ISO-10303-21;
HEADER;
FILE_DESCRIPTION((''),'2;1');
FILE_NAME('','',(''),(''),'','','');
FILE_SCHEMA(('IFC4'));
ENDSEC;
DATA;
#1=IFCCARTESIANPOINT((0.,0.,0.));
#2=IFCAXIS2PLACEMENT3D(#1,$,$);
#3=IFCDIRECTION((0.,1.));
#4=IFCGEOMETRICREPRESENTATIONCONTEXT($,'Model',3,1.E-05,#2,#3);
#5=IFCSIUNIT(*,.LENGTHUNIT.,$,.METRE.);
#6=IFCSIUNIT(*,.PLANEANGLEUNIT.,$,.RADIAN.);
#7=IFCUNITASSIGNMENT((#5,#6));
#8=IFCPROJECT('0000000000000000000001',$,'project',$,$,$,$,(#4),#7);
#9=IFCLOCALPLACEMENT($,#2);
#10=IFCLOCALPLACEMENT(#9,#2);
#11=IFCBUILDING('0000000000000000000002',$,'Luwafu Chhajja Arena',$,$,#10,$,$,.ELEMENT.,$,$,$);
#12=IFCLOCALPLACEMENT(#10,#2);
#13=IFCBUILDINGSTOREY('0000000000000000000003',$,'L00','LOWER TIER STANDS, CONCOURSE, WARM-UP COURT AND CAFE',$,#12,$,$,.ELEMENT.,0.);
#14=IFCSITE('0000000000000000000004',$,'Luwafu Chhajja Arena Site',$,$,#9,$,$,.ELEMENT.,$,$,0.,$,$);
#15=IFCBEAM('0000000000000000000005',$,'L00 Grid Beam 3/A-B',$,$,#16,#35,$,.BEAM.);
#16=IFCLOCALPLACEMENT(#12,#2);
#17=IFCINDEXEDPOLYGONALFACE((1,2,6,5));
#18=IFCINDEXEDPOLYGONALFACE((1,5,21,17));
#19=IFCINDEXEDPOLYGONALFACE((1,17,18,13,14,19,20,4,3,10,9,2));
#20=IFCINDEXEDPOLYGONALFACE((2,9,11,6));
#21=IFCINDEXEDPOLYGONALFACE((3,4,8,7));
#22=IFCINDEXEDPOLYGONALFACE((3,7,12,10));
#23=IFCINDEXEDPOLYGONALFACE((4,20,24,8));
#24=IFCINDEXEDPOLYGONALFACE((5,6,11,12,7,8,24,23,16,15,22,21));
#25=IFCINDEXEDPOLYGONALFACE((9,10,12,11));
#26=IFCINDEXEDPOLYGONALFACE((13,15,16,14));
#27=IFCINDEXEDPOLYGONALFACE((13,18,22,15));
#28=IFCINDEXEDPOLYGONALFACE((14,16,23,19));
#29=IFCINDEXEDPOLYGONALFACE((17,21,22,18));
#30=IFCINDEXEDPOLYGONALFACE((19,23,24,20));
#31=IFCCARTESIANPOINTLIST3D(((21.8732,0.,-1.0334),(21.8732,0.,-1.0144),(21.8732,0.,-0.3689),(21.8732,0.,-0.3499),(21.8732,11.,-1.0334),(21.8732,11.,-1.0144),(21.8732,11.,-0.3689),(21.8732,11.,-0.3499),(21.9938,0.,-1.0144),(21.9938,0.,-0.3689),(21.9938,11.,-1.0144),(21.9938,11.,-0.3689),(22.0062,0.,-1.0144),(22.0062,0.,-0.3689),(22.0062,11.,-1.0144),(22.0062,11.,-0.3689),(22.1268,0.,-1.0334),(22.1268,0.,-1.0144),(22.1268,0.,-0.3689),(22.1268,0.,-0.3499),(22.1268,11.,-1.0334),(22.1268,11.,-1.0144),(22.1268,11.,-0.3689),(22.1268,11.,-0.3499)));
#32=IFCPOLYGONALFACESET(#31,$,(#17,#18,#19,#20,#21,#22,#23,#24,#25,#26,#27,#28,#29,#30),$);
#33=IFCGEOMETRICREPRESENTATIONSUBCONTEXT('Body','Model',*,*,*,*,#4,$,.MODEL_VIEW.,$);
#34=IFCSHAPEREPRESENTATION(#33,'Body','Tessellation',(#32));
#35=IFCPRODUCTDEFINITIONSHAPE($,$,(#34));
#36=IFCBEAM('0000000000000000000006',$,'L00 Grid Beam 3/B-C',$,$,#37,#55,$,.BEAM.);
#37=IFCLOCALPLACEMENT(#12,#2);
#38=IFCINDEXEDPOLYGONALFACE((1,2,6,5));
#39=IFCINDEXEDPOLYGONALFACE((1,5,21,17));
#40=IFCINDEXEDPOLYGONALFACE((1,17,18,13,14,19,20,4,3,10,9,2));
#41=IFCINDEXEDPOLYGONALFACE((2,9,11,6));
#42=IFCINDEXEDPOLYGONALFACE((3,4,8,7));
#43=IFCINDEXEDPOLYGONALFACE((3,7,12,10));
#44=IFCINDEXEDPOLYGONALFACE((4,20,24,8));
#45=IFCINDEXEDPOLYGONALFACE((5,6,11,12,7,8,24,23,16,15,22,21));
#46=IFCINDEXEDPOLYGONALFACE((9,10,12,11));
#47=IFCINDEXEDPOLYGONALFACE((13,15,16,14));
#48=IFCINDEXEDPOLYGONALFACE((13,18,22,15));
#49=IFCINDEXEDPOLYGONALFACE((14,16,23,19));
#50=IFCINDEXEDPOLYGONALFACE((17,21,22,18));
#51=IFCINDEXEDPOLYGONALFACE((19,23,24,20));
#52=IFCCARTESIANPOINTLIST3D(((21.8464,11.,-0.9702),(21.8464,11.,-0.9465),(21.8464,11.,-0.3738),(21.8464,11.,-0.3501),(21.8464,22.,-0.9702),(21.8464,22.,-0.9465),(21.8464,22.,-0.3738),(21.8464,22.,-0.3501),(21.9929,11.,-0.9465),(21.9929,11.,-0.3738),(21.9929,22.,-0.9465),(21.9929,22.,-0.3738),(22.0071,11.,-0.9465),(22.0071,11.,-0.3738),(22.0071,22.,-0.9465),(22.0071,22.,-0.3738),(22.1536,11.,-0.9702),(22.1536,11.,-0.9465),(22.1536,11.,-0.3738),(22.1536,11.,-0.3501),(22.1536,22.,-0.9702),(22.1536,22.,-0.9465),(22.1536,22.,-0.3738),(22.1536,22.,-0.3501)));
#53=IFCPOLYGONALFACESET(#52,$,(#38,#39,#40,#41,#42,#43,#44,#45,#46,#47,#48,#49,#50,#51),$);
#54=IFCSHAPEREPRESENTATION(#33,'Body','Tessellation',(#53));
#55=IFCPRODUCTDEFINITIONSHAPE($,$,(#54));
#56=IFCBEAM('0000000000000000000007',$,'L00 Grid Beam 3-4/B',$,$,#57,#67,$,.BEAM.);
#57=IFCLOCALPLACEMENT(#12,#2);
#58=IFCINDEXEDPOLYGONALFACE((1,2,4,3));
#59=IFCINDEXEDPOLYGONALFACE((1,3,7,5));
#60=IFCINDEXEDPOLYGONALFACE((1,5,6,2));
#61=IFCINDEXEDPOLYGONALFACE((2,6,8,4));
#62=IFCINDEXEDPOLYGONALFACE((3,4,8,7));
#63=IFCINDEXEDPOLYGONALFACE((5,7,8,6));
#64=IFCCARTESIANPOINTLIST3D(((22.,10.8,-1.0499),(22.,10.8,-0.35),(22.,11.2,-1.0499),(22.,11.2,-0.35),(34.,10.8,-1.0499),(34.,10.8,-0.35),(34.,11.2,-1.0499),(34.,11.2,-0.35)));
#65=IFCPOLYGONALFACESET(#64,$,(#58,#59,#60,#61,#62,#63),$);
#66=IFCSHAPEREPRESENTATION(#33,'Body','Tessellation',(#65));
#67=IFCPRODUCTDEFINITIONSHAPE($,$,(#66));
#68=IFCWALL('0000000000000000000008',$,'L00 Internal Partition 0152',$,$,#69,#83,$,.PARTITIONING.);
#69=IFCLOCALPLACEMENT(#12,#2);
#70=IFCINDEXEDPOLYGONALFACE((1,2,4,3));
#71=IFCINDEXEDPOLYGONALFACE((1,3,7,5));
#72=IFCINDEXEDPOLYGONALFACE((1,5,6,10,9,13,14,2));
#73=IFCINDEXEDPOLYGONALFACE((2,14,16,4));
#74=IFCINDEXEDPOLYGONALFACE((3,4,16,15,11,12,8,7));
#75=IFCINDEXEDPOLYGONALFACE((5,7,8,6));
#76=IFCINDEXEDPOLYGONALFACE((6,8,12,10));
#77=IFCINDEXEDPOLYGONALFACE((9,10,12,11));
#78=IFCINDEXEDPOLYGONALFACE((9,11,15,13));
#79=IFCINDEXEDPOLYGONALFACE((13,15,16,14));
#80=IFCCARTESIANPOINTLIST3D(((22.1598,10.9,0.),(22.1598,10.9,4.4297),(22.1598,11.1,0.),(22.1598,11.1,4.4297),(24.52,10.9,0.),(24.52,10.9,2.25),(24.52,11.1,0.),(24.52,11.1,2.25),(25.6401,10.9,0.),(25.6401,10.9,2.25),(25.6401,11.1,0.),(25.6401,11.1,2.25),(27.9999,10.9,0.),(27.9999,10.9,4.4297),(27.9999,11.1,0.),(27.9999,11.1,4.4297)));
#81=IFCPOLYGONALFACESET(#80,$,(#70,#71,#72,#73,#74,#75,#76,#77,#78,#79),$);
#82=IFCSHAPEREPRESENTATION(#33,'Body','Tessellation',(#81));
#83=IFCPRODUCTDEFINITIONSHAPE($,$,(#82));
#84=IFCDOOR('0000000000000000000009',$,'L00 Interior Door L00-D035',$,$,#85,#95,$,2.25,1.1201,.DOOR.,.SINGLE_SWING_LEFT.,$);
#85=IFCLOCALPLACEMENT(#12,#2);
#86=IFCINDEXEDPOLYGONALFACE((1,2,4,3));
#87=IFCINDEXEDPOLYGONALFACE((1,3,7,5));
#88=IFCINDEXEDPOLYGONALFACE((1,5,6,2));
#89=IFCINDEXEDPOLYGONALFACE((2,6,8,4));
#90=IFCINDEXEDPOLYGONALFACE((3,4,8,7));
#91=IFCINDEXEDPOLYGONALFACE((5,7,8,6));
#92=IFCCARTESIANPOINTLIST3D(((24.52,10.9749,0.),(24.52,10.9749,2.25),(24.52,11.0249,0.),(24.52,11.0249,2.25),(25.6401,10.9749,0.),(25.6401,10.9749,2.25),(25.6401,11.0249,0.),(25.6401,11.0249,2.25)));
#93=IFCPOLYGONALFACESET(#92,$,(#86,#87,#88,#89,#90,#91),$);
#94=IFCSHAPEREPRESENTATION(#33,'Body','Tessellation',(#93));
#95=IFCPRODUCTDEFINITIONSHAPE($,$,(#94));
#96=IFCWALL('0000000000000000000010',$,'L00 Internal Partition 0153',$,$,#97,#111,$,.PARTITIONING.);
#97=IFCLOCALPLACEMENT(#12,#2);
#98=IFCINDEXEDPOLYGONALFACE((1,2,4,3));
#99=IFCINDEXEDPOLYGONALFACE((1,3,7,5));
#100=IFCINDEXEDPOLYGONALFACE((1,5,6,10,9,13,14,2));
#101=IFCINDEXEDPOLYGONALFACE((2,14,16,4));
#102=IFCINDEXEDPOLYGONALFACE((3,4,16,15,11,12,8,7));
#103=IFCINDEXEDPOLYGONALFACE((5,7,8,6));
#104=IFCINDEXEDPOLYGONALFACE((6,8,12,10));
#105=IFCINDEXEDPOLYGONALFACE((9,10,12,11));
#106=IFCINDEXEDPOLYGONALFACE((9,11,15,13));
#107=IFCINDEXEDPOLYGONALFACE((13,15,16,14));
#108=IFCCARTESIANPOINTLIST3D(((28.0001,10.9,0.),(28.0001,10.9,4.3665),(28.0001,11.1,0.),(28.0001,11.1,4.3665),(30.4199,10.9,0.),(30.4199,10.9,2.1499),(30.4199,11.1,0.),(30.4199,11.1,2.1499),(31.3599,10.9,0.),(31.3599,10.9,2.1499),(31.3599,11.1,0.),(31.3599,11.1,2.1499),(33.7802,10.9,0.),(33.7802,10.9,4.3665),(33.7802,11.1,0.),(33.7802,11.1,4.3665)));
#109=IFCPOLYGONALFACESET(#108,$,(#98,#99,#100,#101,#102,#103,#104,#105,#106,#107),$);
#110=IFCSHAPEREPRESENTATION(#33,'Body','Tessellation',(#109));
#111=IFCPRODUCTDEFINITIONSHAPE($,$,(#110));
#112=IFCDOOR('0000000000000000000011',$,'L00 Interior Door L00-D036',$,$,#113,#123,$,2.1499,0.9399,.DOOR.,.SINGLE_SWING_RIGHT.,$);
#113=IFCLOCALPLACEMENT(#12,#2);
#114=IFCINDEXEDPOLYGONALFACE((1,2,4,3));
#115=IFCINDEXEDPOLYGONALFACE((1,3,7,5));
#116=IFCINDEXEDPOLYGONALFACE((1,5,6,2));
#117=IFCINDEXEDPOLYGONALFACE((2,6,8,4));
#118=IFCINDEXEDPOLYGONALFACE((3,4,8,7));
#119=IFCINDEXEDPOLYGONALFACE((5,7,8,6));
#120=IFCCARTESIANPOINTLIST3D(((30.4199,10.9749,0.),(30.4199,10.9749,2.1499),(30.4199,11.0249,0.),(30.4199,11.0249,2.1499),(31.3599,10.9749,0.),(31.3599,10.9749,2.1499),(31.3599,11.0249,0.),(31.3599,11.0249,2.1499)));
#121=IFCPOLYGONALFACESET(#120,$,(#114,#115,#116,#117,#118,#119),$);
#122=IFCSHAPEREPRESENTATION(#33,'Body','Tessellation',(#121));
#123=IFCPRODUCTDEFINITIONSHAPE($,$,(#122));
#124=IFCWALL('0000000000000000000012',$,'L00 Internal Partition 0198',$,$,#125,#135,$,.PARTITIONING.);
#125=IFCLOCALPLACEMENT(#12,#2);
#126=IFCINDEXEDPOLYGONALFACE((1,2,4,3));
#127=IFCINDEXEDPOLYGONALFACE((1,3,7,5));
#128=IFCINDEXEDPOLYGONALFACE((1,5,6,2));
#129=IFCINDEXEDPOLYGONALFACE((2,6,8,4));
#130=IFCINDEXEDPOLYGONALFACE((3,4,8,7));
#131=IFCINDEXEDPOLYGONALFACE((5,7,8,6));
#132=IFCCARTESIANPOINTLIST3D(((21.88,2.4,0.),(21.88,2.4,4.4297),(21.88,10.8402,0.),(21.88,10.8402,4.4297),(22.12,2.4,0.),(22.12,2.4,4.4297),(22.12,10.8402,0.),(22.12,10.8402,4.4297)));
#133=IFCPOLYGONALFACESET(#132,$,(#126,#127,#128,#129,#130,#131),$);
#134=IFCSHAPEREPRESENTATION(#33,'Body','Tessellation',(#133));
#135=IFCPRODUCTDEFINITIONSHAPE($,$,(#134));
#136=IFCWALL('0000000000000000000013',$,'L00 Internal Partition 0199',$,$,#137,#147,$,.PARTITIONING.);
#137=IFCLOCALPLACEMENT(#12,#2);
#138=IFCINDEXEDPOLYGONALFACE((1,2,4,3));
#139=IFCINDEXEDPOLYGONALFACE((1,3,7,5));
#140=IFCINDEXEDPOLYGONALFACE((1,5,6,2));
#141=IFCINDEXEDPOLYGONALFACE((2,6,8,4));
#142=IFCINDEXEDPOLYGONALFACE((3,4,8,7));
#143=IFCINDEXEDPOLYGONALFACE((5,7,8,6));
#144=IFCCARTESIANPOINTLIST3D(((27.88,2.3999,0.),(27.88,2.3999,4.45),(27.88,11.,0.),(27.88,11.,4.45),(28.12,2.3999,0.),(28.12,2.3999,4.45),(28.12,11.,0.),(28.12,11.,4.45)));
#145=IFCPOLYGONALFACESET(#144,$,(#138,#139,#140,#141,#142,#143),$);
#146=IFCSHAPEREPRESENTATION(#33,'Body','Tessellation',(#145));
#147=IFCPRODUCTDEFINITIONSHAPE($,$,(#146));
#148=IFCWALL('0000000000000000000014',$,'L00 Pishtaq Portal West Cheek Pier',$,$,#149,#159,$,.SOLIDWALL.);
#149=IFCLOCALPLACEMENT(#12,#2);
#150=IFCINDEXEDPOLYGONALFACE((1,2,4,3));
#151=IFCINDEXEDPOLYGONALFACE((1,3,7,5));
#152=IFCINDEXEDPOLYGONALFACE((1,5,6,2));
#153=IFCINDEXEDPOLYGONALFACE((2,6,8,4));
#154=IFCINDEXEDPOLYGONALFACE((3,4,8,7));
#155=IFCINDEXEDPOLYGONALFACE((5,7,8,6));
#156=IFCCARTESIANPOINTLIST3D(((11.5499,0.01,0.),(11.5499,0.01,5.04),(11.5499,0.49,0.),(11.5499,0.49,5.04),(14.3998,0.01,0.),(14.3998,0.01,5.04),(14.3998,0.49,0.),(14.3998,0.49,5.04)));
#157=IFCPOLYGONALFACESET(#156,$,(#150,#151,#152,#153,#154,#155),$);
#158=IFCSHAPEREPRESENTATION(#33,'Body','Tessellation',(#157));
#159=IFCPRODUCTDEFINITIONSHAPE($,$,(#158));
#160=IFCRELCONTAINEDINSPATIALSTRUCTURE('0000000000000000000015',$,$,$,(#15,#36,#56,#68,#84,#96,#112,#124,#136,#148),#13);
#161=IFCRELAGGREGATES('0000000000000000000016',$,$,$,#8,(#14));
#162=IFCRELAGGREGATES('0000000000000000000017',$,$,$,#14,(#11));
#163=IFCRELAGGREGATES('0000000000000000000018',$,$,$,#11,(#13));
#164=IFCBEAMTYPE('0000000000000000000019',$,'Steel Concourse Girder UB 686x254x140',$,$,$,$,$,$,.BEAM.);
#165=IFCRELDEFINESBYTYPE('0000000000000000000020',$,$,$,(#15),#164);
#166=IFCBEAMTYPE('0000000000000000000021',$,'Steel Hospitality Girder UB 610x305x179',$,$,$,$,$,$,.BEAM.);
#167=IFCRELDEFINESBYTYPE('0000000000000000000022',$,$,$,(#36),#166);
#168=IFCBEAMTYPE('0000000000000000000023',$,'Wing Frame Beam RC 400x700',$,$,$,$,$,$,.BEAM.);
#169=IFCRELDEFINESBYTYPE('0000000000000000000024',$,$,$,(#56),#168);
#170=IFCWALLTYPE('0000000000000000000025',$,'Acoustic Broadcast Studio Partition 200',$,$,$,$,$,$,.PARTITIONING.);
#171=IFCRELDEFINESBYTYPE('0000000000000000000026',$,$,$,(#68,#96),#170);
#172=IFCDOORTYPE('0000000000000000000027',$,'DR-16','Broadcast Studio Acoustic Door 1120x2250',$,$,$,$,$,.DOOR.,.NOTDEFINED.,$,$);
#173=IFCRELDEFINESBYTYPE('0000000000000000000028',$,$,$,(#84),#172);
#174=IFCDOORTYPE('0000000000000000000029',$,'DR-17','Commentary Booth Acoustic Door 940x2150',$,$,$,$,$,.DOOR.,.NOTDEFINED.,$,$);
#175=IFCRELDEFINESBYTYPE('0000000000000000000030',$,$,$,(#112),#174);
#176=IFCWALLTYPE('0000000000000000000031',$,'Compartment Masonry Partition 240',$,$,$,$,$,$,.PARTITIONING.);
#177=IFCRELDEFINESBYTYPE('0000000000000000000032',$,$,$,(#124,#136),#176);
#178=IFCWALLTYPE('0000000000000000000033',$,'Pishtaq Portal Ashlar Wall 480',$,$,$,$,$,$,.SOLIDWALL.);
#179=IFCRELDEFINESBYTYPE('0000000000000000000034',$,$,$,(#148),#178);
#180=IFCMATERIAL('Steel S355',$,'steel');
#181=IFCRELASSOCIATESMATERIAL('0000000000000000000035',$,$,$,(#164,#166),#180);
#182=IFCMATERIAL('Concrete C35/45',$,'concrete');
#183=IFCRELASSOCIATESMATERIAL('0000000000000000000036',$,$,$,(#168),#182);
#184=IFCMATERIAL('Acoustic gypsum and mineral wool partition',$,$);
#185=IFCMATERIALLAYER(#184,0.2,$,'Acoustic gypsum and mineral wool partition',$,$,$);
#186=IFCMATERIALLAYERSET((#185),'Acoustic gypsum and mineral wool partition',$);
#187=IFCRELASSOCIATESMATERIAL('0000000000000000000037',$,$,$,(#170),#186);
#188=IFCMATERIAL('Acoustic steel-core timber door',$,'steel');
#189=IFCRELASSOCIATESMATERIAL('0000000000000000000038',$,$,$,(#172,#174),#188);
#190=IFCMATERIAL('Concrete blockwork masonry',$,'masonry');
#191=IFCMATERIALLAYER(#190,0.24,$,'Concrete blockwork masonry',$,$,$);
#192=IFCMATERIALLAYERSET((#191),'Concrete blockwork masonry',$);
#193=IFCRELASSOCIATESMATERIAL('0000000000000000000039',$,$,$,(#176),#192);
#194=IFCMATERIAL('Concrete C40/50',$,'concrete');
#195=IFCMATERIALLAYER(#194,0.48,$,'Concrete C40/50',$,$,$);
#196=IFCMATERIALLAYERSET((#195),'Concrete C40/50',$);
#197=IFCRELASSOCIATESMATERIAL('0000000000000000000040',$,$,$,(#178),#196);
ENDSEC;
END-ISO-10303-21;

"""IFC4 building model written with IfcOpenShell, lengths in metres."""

from ifc_helpers import new_model, si_unit, direction, frame, frame_2d, origin, origin_2d, place, context, subcontext, project, spatial, rectangle, i_section, extrude, material, layer, layer_set, material_profile, profile_set, type_object, element, fill, save


model = new_model("IFC4")

# Units and contexts
model_context = context("Model", 3, precision=1e-05, world=origin(), true_north=direction((0.0, 1.0)))
body_context = subcontext(model_context, "Body", "Model", "MODEL_VIEW")
ifc_project = project(units=[si_unit("LENGTHUNIT", "METRE"), si_unit("PLANEANGLEUNIT", "RADIAN")], contexts=[model_context])

# Site, building, storey
site_placement = place(None, origin())
site = spatial("IfcSite", under=ifc_project, at=site_placement, Name="Luwafu Chhajja Arena Site", CompositionType="ELEMENT", RefElevation=0.0)
building_placement = place(site_placement, origin())
building = spatial("IfcBuilding", under=site, at=building_placement, Name="Luwafu Chhajja Arena", CompositionType="ELEMENT")
storey_placement = place(building_placement, origin())
storey = spatial("IfcBuildingStorey", under=building, at=storey_placement, Name="L00", Description="LOWER TIER STANDS, CONCOURSE, WARM-UP COURT AND CAFE", CompositionType="ELEMENT", Elevation=0.0)

# Shared definitions
ifc_material_1 = material(Name="Concrete C35/45", Category="concrete")
ifc_material_2 = material(Name="Steel S355", Category="steel")

# Beams
ifc_material_profile_1 = material_profile(ifc_material_2, i_section(OverallWidth=0.2537, OverallDepth=0.6836, WebThickness=0.0125, FlangeThickness=0.019, at=origin_2d()), Name="UB 686x254x140")
ifc_profile_set_1 = profile_set([ifc_material_profile_1], Name="Steel S355")
beam_type_1 = type_object("IfcBeamType", Name="Steel Concourse Girder UB 686x254x140", PredefinedType="BEAM", material=ifc_profile_set_1)
beam_1_placement = place(storey_placement, frame((22.0, 0.0, -0.6917), z_axis=(0.0, 1.0, 0.0), x_axis=(-1.0, 0.0, 0.0)))
element("IfcBeam", 1, at=beam_1_placement, inside=storey, type_object=beam_type_1, Name="L00 Grid Beam 3/A-B", PredefinedType="BEAM", context=body_context, shape_type="SweptSolid", body=[
    extrude(i_section(OverallWidth=0.2537, OverallDepth=0.6836, WebThickness=0.0125, FlangeThickness=0.019, at=origin_2d()), origin(), (0.0, 0.0, 1.0), 11.0),
])
ifc_material_profile_2 = material_profile(ifc_material_2, i_section(OverallWidth=0.3071, OverallDepth=0.6201, WebThickness=0.0142, FlangeThickness=0.0237, at=origin_2d()), Name="UB 610x305x179")
ifc_profile_set_2 = profile_set([ifc_material_profile_2], Name="Steel S355")
beam_type_2 = type_object("IfcBeamType", Name="Steel Hospitality Girder UB 610x305x179", PredefinedType="BEAM", material=ifc_profile_set_2)
beam_2_placement = place(storey_placement, frame((22.0, 11.0, -0.6602), z_axis=(0.0, 1.0, 0.0), x_axis=(-1.0, 0.0, 0.0)))
element("IfcBeam", 2, at=beam_2_placement, inside=storey, type_object=beam_type_2, Name="L00 Grid Beam 3/B-C", PredefinedType="BEAM", context=body_context, shape_type="SweptSolid", body=[
    extrude(i_section(OverallWidth=0.3071, OverallDepth=0.6201, WebThickness=0.0142, FlangeThickness=0.0237, at=origin_2d()), origin(), (0.0, 0.0, 1.0), 11.0),
])
ifc_material_profile_3 = material_profile(ifc_material_1, rectangle(XDim=0.3999, YDim=0.7, at=origin_2d()), Name="RC 400x700")
ifc_profile_set_3 = profile_set([ifc_material_profile_3], Name="Concrete C35/45")
beam_type_3 = type_object("IfcBeamType", Name="Wing Frame Beam RC 400x700", PredefinedType="BEAM", material=ifc_profile_set_3)
beam_3_placement = place(storey_placement, frame((22.0, 11.0, -0.7), z_axis=(1.0, 0.0, 0.0), x_axis=(0.0, 1.0, 0.0)))
element("IfcBeam", 3, at=beam_3_placement, inside=storey, type_object=beam_type_3, Name="L00 Grid Beam 3-4/B", PredefinedType="BEAM", context=body_context, shape_type="SweptSolid", body=[
    extrude(rectangle(XDim=0.3999, YDim=0.7, at=origin_2d()), origin(), (0.0, 0.0, 1.0), 12.0),
])

# Walls, openings, doors
ifc_material_3 = material(Name="Acoustic gypsum and mineral wool partition")
ifc_layer_1 = layer(ifc_material_3, 0.2, Name="Acoustic gypsum and mineral wool partition")
ifc_layer_set_1 = layer_set([ifc_layer_1], Name="Acoustic gypsum and mineral wool partition")
wall_type_1 = type_object("IfcWallType", Name="Acoustic Broadcast Studio Partition 200", PredefinedType="PARTITIONING", material=ifc_layer_set_1)
wall_1_placement = place(storey_placement, frame((22.1599, 11.0, 0.0), z_axis=(0.0, 0.0, 1.0), x_axis=(1.0, 0.0, 0.0)))
wall_1 = element("IfcWall", 4, at=wall_1_placement, inside=storey, type_object=wall_type_1, Name="L00 Internal Partition 0152", PredefinedType="PARTITIONING", context=body_context, shape_type="SweptSolid", body=[
    extrude(rectangle(XDim=5.8401, YDim=0.2, at=frame_2d((2.9199, 0.0))), origin(), (0.0, 0.0, 1.0), 4.4297),
])
opening_1_placement = place(wall_1_placement, frame((2.3601, 0.0, 0.0)))
opening_1 = element("IfcOpeningElement", 5, at=opening_1_placement, cuts=wall_1, PredefinedType="OPENING", context=body_context, shape_type="SweptSolid", body=[
    extrude(rectangle(XDim=1.1201, YDim=2.25, at=frame_2d((0.5601, 1.125))), frame((0.0, 0.1099, 0.0), z_axis=(0.0, -1.0, 0.0), x_axis=(1.0, 0.0, 0.0)), (0.0, 0.0, 1.0), 0.22),
])
ifc_material_4 = material(Name="Acoustic steel-core timber door", Category="steel")
door_type_1 = type_object("IfcDoorType", Name="DR-16", Description="Broadcast Studio Acoustic Door 1120x2250", OperationType="NOTDEFINED", PredefinedType="DOOR", material=ifc_material_4)
door_1_placement = place(opening_1_placement, origin())
door_1 = element("IfcDoor", 6, at=door_1_placement, inside=storey, type_object=door_type_1, Name="L00 Interior Door L00-D035", OperationType="SINGLE_SWING_LEFT", OverallHeight=2.25, OverallWidth=1.1201, PredefinedType="DOOR", context=body_context, shape_type="SweptSolid", body=[
    extrude(rectangle(XDim=1.1201, YDim=2.25, at=frame_2d((0.5601, 1.125))), frame((0.0, 0.0249, 0.0), z_axis=(0.0, -1.0, 0.0), x_axis=(1.0, 0.0, 0.0)), (0.0, 0.0, 1.0), 0.05),
])
fill(opening_1, door_1)
wall_2_placement = place(storey_placement, frame((28.0, 11.0, 0.0), z_axis=(0.0, 0.0, 1.0), x_axis=(1.0, 0.0, 0.0)))
wall_2 = element("IfcWall", 7, at=wall_2_placement, inside=storey, type_object=wall_type_1, Name="L00 Internal Partition 0153", PredefinedType="PARTITIONING", context=body_context, shape_type="SweptSolid", body=[
    extrude(rectangle(XDim=5.78, YDim=0.2, at=frame_2d((2.8901, 0.0))), origin(), (0.0, 0.0, 1.0), 4.3665),
])
opening_2_placement = place(wall_2_placement, frame((2.4199, 0.0, 0.0)))
opening_2 = element("IfcOpeningElement", 8, at=opening_2_placement, cuts=wall_2, PredefinedType="OPENING", context=body_context, shape_type="SweptSolid", body=[
    extrude(rectangle(XDim=0.9399, YDim=2.1499, at=frame_2d((0.47, 1.075))), frame((0.0, 0.1099, 0.0), z_axis=(0.0, -1.0, 0.0), x_axis=(1.0, 0.0, 0.0)), (0.0, 0.0, 1.0), 0.22),
])
door_type_2 = type_object("IfcDoorType", Name="DR-17", Description="Commentary Booth Acoustic Door 940x2150", OperationType="NOTDEFINED", PredefinedType="DOOR", material=ifc_material_4)
door_2_placement = place(opening_2_placement, origin())
door_2 = element("IfcDoor", 9, at=door_2_placement, inside=storey, type_object=door_type_2, Name="L00 Interior Door L00-D036", OperationType="SINGLE_SWING_RIGHT", OverallHeight=2.1499, OverallWidth=0.9399, PredefinedType="DOOR", context=body_context, shape_type="SweptSolid", body=[
    extrude(rectangle(XDim=0.9399, YDim=2.1499, at=frame_2d((0.47, 1.075))), frame((0.0, 0.0249, 0.0), z_axis=(0.0, -1.0, 0.0), x_axis=(1.0, 0.0, 0.0)), (0.0, 0.0, 1.0), 0.05),
])
fill(opening_2, door_2)

# Walls
ifc_material_5 = material(Name="Concrete blockwork masonry", Category="masonry")
ifc_layer_2 = layer(ifc_material_5, 0.24, Name="Concrete blockwork masonry")
ifc_layer_set_2 = layer_set([ifc_layer_2], Name="Concrete blockwork masonry")
wall_type_2 = type_object("IfcWallType", Name="Compartment Masonry Partition 240", PredefinedType="PARTITIONING", material=ifc_layer_set_2)
wall_3_placement = place(storey_placement, frame((22.0, 2.3999, 0.0), z_axis=(0.0, 0.0, 1.0), x_axis=(0.0, 1.0, 0.0)))
element("IfcWall", 10, at=wall_3_placement, inside=storey, type_object=wall_type_2, Name="L00 Internal Partition 0198", PredefinedType="PARTITIONING", context=body_context, shape_type="SweptSolid", body=[
    extrude(rectangle(XDim=8.4402, YDim=0.24, at=frame_2d((4.2202, 0.0))), origin(), (0.0, 0.0, 1.0), 4.4297),
])
wall_4_placement = place(storey_placement, frame((28.0, 2.3999, 0.0), z_axis=(0.0, 0.0, 1.0), x_axis=(0.0, 1.0, 0.0)))
element("IfcWall", 11, at=wall_4_placement, inside=storey, type_object=wall_type_2, Name="L00 Internal Partition 0199", PredefinedType="PARTITIONING", context=body_context, shape_type="SweptSolid", body=[
    extrude(rectangle(XDim=8.6001, YDim=0.24, at=frame_2d((4.3, 0.0))), origin(), (0.0, 0.0, 1.0), 4.45),
])
ifc_material_6 = material(Name="Concrete C40/50", Category="concrete")
ifc_layer_3 = layer(ifc_material_6, 0.48, Name="Concrete C40/50")
ifc_layer_set_3 = layer_set([ifc_layer_3], Name="Concrete C40/50")
wall_type_3 = type_object("IfcWallType", Name="Pishtaq Portal Ashlar Wall 480", PredefinedType="SOLIDWALL", material=ifc_layer_set_3)
wall_5_placement = place(storey_placement, frame((11.55, 0.25, 0.0), z_axis=(0.0, 0.0, 1.0), x_axis=(1.0, 0.0, 0.0)))
element("IfcWall", 12, at=wall_5_placement, inside=storey, type_object=wall_type_3, Name="L00 Pishtaq Portal West Cheek Pier", PredefinedType="SOLIDWALL", context=body_context, shape_type="SweptSolid", body=[
    extrude(rectangle(XDim=2.8499, YDim=0.48, at=frame_2d((1.4248, 0.0))), origin(), (0.0, 0.0, 1.0), 5.04),
])

save(model, "model.ifc")
